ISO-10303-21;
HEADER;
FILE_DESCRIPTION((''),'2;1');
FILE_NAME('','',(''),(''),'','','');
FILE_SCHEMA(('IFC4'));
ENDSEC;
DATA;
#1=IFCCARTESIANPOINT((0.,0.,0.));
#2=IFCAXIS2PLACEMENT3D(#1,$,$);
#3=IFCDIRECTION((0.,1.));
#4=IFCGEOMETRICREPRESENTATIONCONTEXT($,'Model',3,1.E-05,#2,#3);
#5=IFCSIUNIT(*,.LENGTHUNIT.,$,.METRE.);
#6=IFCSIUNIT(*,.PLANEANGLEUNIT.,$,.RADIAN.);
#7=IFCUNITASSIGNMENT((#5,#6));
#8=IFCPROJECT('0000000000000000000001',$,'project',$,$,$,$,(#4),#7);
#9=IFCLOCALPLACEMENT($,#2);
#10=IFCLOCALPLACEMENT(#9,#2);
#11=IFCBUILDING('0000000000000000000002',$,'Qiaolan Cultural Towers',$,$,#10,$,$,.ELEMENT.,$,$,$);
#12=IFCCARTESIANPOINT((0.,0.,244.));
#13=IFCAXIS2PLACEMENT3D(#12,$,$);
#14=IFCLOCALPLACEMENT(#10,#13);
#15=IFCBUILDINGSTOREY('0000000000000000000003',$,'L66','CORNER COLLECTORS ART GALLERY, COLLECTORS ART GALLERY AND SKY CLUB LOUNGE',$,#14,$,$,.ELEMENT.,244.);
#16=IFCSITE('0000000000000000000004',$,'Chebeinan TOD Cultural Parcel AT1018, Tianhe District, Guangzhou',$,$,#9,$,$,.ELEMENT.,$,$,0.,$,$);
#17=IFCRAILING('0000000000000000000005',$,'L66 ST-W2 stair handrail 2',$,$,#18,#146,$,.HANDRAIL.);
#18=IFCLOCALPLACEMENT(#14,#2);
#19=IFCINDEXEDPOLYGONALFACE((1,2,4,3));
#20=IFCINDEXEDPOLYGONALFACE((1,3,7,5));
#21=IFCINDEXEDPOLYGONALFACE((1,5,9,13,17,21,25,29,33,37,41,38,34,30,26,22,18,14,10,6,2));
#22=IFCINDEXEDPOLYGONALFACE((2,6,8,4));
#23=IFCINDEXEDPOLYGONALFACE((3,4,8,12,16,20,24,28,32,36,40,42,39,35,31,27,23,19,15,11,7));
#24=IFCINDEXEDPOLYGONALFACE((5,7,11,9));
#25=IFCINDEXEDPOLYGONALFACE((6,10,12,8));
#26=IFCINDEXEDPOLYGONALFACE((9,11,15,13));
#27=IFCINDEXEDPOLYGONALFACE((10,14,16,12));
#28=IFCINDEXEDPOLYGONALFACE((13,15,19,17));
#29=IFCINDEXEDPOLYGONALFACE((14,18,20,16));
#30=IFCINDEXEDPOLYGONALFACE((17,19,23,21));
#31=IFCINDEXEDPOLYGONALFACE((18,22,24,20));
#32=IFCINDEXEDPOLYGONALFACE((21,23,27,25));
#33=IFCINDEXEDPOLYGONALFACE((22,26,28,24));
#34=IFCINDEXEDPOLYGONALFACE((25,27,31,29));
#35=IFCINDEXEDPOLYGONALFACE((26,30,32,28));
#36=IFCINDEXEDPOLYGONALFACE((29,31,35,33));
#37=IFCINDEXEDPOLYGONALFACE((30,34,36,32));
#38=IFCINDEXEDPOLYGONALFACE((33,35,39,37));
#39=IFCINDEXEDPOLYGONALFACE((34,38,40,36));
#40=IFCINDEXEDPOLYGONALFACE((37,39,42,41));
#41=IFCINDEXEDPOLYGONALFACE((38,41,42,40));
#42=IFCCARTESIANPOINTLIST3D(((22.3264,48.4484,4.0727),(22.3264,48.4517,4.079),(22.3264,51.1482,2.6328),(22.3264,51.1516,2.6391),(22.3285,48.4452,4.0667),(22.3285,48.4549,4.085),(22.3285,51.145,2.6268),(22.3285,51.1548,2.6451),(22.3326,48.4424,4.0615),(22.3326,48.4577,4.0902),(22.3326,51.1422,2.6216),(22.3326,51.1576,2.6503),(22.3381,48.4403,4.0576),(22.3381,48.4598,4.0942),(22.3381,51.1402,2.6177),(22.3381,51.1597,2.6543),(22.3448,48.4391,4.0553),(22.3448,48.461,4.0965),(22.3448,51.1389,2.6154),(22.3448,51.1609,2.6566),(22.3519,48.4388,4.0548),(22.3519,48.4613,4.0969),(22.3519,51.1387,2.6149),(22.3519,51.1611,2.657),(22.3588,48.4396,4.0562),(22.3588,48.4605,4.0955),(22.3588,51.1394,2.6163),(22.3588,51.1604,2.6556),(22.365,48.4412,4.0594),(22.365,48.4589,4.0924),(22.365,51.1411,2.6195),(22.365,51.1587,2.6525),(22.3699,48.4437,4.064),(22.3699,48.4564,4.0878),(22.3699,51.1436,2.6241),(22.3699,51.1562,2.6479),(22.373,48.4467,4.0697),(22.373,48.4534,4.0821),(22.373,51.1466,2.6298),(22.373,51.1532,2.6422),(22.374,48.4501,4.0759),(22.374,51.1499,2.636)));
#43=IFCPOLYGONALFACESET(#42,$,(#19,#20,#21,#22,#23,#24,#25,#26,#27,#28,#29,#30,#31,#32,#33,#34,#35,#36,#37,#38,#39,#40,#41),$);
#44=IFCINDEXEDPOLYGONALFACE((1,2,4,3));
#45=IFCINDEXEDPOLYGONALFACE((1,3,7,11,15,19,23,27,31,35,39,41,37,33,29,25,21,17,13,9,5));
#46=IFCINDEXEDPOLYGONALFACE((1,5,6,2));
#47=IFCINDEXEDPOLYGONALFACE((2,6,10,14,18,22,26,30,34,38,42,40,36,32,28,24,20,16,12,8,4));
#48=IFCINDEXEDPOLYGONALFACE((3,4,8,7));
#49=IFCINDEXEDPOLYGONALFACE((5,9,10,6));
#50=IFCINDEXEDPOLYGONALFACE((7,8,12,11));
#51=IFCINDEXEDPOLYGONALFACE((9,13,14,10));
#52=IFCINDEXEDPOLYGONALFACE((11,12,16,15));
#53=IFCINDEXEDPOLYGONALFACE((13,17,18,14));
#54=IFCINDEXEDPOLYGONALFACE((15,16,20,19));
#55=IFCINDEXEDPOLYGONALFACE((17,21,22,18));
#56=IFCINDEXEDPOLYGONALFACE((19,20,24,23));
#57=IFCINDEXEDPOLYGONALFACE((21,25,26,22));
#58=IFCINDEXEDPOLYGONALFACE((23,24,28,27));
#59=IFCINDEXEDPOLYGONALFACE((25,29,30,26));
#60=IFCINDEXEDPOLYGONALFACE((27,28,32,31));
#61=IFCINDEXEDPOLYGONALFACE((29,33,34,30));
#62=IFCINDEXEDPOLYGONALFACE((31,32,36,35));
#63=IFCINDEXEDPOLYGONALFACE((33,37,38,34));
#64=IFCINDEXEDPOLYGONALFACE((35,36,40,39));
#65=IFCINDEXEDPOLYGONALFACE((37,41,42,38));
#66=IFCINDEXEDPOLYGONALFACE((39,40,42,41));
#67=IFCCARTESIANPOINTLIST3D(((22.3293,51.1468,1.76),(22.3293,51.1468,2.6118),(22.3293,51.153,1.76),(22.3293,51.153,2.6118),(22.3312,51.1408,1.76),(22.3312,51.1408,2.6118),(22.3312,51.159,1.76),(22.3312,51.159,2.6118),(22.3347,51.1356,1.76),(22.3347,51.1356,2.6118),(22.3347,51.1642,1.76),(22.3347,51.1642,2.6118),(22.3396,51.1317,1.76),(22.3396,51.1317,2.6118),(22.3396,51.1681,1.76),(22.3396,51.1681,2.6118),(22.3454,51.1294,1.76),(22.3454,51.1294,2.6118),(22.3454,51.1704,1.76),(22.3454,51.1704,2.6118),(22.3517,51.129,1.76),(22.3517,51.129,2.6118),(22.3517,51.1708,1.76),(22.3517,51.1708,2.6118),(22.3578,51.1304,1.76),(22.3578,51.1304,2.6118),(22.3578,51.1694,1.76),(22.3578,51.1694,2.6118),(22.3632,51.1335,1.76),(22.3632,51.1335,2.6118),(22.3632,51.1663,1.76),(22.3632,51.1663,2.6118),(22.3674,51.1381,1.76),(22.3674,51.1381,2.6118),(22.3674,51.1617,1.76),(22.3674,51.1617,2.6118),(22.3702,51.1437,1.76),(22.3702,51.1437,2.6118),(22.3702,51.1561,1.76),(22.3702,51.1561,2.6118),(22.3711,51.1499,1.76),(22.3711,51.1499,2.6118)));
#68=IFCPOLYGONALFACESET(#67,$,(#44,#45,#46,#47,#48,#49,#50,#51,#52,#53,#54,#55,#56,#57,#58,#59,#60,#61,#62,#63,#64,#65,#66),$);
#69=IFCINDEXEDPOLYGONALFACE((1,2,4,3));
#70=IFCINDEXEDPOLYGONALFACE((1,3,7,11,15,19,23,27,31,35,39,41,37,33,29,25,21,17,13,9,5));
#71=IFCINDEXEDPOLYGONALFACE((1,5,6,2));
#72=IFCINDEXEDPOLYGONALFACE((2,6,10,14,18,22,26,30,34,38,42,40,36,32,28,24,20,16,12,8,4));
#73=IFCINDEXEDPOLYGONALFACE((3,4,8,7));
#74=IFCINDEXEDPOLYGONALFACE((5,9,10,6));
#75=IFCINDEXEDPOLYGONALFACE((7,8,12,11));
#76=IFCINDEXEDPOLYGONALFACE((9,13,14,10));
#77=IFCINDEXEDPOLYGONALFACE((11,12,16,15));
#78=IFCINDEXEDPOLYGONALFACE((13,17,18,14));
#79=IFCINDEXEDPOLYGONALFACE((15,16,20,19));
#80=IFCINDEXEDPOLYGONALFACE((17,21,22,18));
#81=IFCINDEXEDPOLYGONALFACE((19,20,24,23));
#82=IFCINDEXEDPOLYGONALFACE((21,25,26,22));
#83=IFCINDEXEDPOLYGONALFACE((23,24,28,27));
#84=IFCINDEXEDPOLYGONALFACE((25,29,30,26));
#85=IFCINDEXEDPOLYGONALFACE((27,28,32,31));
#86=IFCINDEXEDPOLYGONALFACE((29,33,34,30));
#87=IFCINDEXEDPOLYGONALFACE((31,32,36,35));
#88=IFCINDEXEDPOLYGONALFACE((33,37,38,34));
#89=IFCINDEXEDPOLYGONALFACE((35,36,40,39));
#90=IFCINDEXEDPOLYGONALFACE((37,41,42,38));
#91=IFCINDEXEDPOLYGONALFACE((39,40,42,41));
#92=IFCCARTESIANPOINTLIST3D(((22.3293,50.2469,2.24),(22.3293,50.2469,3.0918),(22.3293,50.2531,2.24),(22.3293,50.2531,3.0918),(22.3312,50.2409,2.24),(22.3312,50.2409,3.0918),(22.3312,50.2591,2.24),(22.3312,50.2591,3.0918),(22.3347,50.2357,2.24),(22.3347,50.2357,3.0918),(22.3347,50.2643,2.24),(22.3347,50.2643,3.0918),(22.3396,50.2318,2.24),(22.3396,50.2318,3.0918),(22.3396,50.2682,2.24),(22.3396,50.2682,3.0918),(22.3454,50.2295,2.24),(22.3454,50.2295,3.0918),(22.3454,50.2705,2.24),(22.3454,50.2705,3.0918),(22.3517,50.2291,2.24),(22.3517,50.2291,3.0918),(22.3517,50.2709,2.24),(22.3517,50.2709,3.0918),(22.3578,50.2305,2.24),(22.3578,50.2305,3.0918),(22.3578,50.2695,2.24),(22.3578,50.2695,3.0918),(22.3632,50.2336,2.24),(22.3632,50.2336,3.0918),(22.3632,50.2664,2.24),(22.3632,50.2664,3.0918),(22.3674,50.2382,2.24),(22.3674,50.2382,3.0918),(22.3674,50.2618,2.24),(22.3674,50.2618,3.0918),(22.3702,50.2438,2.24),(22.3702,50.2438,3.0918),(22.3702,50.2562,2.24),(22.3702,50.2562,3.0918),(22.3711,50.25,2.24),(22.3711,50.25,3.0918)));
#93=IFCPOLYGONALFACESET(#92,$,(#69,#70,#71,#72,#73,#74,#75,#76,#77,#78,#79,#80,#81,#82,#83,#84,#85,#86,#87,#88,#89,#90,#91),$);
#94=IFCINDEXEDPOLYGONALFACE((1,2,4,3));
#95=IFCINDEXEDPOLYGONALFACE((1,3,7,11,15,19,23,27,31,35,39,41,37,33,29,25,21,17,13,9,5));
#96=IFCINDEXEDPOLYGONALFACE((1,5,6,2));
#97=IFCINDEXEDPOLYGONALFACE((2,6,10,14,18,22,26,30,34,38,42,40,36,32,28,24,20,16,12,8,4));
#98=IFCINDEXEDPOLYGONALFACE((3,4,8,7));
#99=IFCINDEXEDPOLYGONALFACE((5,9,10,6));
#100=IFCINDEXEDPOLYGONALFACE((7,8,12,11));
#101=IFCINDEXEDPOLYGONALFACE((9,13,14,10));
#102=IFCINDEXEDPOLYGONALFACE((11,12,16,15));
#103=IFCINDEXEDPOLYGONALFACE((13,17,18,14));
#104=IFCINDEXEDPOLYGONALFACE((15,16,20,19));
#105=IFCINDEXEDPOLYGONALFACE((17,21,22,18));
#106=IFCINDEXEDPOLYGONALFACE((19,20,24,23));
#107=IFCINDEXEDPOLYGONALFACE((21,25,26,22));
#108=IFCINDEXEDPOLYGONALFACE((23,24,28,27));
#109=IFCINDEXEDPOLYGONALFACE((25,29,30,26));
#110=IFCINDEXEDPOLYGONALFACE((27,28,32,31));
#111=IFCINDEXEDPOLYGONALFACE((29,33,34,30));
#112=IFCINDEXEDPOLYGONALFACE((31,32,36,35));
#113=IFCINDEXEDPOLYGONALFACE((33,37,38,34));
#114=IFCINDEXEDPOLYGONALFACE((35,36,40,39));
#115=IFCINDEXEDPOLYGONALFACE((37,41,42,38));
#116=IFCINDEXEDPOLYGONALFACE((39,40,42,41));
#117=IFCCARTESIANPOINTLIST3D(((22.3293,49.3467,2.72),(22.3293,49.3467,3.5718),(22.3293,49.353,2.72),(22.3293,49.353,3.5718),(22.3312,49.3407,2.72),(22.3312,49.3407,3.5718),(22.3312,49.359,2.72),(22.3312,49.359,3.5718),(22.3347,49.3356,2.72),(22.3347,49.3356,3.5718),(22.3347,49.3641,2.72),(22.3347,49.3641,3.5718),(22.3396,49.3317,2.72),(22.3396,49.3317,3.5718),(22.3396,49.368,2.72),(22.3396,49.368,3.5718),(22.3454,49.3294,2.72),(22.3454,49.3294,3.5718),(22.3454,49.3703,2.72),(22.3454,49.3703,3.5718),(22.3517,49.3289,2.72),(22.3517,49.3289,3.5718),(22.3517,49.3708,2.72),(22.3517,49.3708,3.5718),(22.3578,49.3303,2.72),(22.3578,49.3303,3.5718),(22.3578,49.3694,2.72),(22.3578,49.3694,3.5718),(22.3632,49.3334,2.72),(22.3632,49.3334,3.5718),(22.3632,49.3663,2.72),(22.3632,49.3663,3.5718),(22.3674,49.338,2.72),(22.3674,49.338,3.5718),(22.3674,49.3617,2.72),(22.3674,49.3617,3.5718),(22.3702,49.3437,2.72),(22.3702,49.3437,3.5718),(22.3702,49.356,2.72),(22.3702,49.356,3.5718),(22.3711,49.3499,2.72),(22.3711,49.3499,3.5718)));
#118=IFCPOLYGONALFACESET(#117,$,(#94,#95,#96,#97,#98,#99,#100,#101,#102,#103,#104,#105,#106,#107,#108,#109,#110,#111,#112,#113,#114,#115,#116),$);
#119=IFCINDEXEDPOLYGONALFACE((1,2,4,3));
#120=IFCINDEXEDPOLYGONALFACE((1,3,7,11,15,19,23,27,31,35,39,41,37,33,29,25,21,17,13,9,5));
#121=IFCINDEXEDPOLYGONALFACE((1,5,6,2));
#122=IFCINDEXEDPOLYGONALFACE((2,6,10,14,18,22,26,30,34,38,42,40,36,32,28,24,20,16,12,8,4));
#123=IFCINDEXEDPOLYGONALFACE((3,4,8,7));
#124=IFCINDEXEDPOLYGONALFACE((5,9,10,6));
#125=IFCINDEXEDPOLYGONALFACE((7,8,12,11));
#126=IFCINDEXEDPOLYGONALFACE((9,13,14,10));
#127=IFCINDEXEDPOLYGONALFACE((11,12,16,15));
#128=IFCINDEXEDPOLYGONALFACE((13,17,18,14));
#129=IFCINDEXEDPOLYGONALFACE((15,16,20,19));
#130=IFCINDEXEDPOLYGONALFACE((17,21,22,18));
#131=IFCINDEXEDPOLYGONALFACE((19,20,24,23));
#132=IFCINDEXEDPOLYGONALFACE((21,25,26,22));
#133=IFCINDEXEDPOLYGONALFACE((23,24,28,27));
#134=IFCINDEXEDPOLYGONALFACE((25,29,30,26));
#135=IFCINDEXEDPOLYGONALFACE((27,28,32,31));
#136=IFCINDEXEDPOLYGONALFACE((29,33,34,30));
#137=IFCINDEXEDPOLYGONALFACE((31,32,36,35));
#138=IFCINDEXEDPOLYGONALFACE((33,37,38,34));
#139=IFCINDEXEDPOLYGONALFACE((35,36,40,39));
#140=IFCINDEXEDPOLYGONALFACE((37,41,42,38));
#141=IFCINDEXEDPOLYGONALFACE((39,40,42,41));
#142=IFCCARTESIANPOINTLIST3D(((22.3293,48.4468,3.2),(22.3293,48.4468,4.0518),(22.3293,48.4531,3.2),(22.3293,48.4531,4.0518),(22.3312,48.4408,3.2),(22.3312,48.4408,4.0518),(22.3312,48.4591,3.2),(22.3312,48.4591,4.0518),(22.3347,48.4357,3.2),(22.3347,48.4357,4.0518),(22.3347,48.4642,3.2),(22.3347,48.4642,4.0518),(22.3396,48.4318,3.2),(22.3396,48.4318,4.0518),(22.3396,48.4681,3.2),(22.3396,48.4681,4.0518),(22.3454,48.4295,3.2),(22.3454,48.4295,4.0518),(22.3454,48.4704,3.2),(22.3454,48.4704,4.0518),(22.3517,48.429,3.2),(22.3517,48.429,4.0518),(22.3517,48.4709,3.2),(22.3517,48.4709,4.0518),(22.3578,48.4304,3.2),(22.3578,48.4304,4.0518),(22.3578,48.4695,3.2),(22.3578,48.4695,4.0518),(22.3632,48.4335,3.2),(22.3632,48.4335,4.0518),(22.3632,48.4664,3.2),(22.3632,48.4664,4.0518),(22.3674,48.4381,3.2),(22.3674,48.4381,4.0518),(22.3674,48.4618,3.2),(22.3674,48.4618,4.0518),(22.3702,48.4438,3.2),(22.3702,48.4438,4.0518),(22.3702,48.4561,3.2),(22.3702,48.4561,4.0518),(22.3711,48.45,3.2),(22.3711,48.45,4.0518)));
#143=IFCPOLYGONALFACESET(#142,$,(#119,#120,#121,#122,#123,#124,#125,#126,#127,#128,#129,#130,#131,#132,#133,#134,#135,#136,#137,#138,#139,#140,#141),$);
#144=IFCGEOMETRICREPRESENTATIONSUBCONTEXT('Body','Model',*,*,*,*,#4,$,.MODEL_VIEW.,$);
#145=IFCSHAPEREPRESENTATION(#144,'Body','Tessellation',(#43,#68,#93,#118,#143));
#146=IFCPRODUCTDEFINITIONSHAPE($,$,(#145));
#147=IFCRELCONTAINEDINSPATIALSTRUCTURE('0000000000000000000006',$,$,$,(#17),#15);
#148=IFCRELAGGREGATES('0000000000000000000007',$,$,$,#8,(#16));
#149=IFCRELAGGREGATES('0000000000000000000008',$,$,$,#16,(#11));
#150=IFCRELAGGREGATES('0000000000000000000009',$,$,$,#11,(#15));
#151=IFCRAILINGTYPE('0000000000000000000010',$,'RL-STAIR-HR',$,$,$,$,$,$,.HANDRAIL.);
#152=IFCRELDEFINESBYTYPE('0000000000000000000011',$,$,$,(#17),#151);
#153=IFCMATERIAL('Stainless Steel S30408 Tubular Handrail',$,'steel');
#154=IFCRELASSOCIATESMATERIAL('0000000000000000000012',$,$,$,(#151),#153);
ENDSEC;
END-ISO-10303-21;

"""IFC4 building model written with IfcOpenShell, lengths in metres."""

from ifc_helpers import new_model, si_unit, direction, frame, origin, origin_2d, place, context, subcontext, project, spatial, circle, extrude, material, type_object, element, save


model = new_model("IFC4")

# Units and contexts
model_context = context("Model", 3, precision=1e-05, world=origin(), true_north=direction((0.0, 1.0)))
body_context = subcontext(model_context, "Body", "Model", "MODEL_VIEW")
ifc_project = project(units=[si_unit("LENGTHUNIT", "METRE"), si_unit("PLANEANGLEUNIT", "RADIAN")], contexts=[model_context])

# Site, building, storey
site_placement = place(None, origin())
site = spatial("IfcSite", under=ifc_project, at=site_placement, Name="Chebeinan TOD Cultural Parcel AT1018, Tianhe District, Guangzhou", CompositionType="ELEMENT", RefElevation=0.0)
building_placement = place(site_placement, origin())
building = spatial("IfcBuilding", under=site, at=building_placement, Name="Qiaolan Cultural Towers", CompositionType="ELEMENT")
storey_placement = place(building_placement, frame((0.0, 0.0, 244.0)))
storey = spatial("IfcBuildingStorey", under=building, at=storey_placement, Name="L66", Description="CORNER COLLECTORS ART GALLERY, COLLECTORS ART GALLERY AND SKY CLUB LOUNGE", CompositionType="ELEMENT", Elevation=244.0)

# Railing
ifc_material_1 = material(Name="Stainless Steel S30408 Tubular Handrail", Category="steel")
railing_type_1 = type_object("IfcRailingType", Name="RL-STAIR-HR", PredefinedType="HANDRAIL", material=ifc_material_1)
railing_1_placement = place(storey_placement, frame((22.3501, 51.1499, 1.76)))
element("IfcRailing", 1, at=railing_1_placement, inside=storey, type_object=railing_type_1, Name="L66 ST-W2 stair handrail 2", PredefinedType="HANDRAIL", context=body_context, shape_type="SweptSolid", body=[
    extrude(circle(Radius=0.0239, at=origin_2d()), frame((0.0, 0.0, 0.876), z_axis=(0.0, -0.882357, 0.47058), x_axis=(1.0, 0.0, 0.0)), (0.0, 0.0, 1.0), 3.0598),
    extrude(circle(Radius=0.021, at=origin_2d()), origin(), (0.0, 0.0, 1.0), 0.8518),
    extrude(circle(Radius=0.021, at=origin_2d()), frame((0.0, -0.8999, 0.48)), (0.0, 0.0, 1.0), 0.8518),
    extrude(circle(Radius=0.021, at=origin_2d()), frame((0.0, -1.8, 0.96)), (0.0, 0.0, 1.0), 0.8518),
    extrude(circle(Radius=0.021, at=origin_2d()), frame((0.0, -2.7, 1.4399)), (0.0, 0.0, 1.0), 0.8518),
])

save(model, "model.ifc")
